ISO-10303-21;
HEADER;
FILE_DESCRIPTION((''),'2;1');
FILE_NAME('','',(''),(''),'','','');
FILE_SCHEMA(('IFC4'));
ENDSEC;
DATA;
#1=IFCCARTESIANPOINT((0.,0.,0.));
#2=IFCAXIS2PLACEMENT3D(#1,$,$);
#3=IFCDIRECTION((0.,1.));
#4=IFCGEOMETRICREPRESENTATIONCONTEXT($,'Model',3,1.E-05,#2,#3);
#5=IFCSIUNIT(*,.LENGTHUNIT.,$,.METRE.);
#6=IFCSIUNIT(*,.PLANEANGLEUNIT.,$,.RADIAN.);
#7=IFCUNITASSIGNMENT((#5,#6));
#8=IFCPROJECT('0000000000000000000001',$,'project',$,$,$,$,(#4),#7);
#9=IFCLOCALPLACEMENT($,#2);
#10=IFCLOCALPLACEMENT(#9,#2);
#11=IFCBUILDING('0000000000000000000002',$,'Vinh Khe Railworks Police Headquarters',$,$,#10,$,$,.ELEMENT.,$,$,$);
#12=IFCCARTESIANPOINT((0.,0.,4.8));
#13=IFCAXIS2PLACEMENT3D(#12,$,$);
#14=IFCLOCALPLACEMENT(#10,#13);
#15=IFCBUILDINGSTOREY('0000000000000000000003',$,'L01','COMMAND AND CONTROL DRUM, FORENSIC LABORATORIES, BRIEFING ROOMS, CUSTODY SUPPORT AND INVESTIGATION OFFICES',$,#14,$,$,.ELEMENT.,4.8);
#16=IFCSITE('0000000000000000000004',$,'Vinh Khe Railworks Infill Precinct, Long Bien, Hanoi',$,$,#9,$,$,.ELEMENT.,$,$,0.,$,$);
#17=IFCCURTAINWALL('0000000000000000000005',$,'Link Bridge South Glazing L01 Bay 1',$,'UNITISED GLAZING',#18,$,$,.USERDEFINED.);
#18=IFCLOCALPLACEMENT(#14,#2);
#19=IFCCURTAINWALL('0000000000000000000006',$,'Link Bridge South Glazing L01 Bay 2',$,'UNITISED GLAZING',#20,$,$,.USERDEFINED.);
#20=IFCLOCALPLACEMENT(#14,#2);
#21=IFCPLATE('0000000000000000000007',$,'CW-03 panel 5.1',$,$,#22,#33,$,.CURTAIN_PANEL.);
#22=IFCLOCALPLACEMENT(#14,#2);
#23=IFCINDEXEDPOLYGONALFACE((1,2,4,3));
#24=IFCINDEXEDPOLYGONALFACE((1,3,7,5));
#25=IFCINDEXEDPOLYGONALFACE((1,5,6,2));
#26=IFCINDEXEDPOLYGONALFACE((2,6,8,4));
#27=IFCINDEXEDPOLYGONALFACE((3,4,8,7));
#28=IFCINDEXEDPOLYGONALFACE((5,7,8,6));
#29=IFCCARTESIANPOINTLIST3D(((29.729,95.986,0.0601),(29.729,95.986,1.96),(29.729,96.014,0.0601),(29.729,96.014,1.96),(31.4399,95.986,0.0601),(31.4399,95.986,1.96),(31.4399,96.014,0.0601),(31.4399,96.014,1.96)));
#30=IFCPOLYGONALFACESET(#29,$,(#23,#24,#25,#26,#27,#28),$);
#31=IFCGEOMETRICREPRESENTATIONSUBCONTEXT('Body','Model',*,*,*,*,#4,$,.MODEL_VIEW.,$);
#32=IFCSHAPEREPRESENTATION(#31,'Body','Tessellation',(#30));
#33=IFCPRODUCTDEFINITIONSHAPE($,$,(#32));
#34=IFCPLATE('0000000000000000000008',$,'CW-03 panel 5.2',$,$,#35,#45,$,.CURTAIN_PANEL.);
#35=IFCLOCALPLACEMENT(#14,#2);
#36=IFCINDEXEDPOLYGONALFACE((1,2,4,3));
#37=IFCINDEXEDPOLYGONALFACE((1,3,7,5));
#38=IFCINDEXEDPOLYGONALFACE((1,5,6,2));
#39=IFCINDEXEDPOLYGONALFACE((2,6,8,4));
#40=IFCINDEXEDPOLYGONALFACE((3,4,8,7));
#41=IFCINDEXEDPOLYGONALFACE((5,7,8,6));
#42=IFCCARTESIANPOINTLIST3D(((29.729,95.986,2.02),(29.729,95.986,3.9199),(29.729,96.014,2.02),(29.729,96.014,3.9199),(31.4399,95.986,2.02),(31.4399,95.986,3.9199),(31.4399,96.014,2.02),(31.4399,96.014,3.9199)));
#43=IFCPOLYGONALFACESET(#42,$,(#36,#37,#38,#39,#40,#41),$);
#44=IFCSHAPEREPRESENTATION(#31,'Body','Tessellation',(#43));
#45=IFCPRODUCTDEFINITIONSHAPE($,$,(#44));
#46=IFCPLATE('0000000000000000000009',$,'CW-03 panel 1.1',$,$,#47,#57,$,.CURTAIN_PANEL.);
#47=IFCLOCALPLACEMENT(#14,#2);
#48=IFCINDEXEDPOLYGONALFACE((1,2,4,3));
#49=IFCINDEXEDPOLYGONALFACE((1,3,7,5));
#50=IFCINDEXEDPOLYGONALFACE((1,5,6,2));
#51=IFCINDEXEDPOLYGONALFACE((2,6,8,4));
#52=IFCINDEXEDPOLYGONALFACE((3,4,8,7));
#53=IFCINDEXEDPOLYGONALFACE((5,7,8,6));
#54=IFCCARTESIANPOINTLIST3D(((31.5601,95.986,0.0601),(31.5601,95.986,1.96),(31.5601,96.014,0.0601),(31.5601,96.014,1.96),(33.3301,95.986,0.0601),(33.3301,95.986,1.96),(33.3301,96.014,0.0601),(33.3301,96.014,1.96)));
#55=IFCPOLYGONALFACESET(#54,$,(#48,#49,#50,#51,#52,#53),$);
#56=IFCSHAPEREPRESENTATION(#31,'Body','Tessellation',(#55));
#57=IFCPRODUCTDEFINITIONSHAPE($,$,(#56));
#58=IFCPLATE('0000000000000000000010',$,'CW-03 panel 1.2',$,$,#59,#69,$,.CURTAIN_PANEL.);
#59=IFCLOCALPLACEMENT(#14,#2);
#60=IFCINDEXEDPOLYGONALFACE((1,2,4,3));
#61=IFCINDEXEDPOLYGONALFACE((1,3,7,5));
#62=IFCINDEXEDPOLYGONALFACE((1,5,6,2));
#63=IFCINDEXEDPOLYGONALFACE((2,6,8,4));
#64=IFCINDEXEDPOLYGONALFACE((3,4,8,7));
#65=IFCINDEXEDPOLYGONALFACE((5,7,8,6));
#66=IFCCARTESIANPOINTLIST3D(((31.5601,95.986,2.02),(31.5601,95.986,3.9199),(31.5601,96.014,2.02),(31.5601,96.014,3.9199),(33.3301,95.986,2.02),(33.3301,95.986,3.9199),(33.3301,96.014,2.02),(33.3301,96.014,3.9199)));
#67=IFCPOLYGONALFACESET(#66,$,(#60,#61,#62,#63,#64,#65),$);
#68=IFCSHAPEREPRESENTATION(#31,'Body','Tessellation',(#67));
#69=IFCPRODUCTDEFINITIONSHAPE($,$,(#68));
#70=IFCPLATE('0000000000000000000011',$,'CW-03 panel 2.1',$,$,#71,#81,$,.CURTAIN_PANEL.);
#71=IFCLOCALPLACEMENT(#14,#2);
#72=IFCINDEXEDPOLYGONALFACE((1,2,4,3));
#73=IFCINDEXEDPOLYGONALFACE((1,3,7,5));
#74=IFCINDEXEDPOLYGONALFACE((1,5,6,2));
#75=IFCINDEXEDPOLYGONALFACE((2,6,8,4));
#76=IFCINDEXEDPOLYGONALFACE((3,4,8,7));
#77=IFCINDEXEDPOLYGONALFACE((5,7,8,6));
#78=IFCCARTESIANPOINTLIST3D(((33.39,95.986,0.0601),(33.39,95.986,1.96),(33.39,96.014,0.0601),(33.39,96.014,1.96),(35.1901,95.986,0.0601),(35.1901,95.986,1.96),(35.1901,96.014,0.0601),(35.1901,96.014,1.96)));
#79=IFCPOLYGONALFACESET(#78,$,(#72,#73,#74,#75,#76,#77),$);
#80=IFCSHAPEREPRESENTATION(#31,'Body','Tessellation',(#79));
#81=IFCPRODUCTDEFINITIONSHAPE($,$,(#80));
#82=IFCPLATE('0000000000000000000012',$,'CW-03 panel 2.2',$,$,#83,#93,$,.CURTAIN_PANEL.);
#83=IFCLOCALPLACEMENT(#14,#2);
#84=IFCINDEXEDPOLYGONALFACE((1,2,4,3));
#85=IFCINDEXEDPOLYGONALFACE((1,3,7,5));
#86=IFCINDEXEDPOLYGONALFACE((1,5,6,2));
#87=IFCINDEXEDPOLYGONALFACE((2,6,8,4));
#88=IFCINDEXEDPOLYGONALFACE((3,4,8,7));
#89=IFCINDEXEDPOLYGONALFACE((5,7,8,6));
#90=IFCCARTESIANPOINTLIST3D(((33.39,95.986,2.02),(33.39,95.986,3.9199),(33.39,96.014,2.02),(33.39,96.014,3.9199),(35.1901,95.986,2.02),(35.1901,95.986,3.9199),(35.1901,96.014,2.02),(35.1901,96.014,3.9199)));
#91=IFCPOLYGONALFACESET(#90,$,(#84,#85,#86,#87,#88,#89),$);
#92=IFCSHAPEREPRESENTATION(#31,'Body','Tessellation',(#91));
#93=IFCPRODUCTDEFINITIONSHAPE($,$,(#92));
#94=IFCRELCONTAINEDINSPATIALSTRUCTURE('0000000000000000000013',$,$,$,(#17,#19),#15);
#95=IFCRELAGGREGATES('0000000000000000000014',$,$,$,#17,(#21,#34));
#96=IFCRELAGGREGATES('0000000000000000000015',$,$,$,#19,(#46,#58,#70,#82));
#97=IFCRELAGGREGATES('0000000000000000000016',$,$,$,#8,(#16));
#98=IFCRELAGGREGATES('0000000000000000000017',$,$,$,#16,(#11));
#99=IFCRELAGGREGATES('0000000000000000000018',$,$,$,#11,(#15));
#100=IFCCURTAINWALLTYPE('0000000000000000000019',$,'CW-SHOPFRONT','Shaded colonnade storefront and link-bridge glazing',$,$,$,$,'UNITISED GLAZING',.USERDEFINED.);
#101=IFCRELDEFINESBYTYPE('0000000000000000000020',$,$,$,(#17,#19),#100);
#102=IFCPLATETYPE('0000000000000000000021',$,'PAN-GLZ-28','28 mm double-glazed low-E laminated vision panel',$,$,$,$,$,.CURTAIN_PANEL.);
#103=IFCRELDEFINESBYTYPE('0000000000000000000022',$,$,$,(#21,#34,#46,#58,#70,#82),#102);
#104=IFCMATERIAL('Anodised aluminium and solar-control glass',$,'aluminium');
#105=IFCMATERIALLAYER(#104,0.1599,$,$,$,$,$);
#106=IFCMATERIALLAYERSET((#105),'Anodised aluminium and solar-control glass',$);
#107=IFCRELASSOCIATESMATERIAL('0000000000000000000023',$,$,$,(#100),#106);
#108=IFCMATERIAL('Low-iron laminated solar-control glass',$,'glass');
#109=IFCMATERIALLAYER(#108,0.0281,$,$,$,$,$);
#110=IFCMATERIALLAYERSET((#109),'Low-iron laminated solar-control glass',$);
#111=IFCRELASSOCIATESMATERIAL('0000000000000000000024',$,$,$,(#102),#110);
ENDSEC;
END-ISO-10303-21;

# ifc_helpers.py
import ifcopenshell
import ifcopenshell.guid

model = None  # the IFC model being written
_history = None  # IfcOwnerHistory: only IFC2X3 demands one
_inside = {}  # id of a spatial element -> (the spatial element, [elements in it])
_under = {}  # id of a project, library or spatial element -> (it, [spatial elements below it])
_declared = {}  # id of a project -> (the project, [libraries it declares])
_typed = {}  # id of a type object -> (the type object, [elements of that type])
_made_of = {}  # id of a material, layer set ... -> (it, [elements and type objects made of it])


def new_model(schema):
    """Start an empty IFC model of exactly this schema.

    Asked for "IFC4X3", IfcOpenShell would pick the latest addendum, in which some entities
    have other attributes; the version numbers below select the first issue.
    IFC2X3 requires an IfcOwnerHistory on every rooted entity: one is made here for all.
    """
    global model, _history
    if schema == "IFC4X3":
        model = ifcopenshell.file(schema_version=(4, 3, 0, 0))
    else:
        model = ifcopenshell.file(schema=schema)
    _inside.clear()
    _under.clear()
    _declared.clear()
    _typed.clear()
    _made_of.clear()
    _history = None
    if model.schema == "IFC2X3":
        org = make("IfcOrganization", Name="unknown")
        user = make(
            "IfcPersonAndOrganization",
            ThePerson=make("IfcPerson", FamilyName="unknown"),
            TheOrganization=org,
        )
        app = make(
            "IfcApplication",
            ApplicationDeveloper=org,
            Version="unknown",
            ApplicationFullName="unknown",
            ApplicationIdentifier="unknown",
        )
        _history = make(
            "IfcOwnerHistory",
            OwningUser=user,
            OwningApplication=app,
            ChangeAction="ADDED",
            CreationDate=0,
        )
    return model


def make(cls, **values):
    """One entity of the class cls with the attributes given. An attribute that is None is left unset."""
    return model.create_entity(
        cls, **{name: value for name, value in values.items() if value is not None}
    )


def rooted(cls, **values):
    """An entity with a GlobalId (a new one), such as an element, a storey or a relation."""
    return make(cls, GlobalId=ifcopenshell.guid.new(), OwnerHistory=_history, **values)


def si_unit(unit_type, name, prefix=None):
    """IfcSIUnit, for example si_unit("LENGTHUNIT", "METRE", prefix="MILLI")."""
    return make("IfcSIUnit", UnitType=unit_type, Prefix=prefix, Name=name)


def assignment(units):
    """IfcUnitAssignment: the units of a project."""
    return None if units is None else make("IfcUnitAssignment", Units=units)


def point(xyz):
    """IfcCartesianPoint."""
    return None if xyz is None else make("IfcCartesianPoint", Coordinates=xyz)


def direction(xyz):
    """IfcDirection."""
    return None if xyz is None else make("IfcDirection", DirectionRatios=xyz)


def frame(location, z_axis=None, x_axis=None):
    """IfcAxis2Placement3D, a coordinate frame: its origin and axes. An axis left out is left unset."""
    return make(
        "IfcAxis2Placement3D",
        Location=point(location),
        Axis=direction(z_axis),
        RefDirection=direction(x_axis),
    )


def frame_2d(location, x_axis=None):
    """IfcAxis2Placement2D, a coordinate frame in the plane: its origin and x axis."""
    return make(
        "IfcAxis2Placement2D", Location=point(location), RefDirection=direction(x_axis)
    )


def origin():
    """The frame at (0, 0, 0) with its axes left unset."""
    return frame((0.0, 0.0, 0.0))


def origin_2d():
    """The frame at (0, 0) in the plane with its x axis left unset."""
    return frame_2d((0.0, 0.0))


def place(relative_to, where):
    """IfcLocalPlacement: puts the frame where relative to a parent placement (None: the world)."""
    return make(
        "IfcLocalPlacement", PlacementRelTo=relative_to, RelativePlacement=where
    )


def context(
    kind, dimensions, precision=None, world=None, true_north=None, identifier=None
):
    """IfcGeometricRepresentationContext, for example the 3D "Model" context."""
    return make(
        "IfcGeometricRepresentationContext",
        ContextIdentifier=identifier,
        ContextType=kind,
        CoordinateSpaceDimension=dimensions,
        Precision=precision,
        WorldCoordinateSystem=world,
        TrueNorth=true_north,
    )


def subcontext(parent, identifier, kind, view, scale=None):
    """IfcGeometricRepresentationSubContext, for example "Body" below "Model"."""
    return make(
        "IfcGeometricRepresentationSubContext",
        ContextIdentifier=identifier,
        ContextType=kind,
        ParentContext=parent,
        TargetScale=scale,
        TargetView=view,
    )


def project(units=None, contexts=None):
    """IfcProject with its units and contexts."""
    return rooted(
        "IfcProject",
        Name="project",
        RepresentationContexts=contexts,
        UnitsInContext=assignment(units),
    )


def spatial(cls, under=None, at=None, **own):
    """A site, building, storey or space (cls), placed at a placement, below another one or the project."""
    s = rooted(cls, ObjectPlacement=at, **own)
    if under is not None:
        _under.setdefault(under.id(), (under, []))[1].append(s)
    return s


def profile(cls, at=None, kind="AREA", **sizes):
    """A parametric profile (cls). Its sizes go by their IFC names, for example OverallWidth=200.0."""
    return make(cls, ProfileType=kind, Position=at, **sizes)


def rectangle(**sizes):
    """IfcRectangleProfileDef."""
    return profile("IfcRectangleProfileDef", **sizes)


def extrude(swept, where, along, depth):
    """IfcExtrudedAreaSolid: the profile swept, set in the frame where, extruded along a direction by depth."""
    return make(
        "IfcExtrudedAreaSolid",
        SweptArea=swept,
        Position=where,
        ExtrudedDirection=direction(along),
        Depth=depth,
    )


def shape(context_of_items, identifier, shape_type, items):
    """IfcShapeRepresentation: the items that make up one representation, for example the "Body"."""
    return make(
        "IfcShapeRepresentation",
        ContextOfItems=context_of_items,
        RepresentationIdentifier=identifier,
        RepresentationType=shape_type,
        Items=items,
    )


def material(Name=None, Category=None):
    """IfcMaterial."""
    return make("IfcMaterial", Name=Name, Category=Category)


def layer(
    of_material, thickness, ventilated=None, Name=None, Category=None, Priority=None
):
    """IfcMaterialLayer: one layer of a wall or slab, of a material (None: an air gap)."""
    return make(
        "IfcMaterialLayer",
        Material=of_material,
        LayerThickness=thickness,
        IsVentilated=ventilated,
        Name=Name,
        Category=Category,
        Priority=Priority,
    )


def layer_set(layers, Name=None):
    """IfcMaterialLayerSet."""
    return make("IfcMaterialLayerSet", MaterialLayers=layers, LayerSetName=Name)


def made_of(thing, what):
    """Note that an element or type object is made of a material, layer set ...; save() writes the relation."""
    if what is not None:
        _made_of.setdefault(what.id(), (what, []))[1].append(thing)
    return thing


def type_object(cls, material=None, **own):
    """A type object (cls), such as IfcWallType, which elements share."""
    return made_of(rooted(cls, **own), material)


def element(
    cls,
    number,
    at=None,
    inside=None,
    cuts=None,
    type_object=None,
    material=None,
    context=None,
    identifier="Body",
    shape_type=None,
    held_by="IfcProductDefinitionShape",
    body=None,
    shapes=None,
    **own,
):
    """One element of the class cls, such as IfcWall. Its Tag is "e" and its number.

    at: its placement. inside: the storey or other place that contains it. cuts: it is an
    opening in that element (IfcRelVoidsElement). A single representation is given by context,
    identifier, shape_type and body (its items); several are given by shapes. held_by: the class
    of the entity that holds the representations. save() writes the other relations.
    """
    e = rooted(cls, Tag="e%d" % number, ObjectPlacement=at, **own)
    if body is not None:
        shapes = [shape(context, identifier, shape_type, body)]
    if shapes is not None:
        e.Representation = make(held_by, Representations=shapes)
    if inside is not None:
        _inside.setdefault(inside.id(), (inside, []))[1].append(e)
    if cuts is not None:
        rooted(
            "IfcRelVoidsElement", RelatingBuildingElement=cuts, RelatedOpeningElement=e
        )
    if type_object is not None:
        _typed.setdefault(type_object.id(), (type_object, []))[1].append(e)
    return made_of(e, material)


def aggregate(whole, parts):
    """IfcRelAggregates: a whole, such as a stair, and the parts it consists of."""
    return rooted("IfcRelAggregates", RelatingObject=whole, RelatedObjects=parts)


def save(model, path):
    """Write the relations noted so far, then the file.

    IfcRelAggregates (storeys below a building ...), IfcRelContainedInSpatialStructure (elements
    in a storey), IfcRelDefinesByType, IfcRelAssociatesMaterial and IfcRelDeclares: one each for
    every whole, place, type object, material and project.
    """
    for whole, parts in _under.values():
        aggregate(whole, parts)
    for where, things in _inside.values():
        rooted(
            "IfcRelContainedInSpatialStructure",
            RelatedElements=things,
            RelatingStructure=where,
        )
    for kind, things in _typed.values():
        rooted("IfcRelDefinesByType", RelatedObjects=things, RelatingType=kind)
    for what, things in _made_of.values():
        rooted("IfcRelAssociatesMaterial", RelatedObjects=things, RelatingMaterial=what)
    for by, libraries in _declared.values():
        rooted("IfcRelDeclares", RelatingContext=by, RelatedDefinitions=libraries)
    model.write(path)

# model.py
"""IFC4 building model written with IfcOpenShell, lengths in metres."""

from ifc_helpers import new_model, si_unit, direction, frame, origin, origin_2d, place, context, subcontext, project, spatial, rectangle, extrude, material, layer, layer_set, type_object, element, aggregate, save


model = new_model("IFC4")

# Units and contexts
model_context = context("Model", 3, precision=1e-05, world=origin(), true_north=direction((0.0, 1.0)))
body_context = subcontext(model_context, "Body", "Model", "MODEL_VIEW")
ifc_project = project(units=[si_unit("LENGTHUNIT", "METRE"), si_unit("PLANEANGLEUNIT", "RADIAN")], contexts=[model_context])

# Site, building, storey
site_placement = place(None, origin())
site = spatial("IfcSite", under=ifc_project, at=site_placement, Name="Vinh Khe Railworks Infill Precinct, Long Bien, Hanoi", CompositionType="ELEMENT", RefElevation=0.0)
building_placement = place(site_placement, origin())
building = spatial("IfcBuilding", under=site, at=building_placement, Name="Vinh Khe Railworks Police Headquarters", CompositionType="ELEMENT")
storey_placement = place(building_placement, frame((0.0, 0.0, 4.8)))
storey = spatial("IfcBuildingStorey", under=building, at=storey_placement, Name="L01", Description="COMMAND AND CONTROL DRUM, FORENSIC LABORATORIES, BRIEFING ROOMS, CUSTODY SUPPORT AND INVESTIGATION OFFICES", CompositionType="ELEMENT", Elevation=4.8)

# Curtain wall
ifc_material_1 = material(Name="Anodised aluminium and solar-control glass", Category="aluminium")
ifc_layer_1 = layer(ifc_material_1, 0.1599)
ifc_layer_set_1 = layer_set([ifc_layer_1], Name="Anodised aluminium and solar-control glass")
curtain_wall_type = type_object("IfcCurtainWallType", Name="CW-SHOPFRONT", Description="Shaded colonnade storefront and link-bridge glazing", ElementType="UNITISED GLAZING", PredefinedType="USERDEFINED", material=ifc_layer_set_1)
curtain_wall_1_placement = place(storey_placement, origin())
curtain_wall_1 = element("IfcCurtainWall", 1, at=curtain_wall_1_placement, inside=storey, type_object=curtain_wall_type, Name="Link Bridge South Glazing L01 Bay 1", ObjectType="UNITISED GLAZING", PredefinedType="USERDEFINED")

# Curtain wall
curtain_wall_2_placement = place(storey_placement, origin())
curtain_wall_2 = element("IfcCurtainWall", 2, at=curtain_wall_2_placement, inside=storey, type_object=curtain_wall_type, Name="Link Bridge South Glazing L01 Bay 2", ObjectType="UNITISED GLAZING", PredefinedType="USERDEFINED")

# Plates
ifc_material_2 = material(Name="Low-iron laminated solar-control glass", Category="glass")
ifc_layer_2 = layer(ifc_material_2, 0.0281)
ifc_layer_set_2 = layer_set([ifc_layer_2], Name="Low-iron laminated solar-control glass")
plate_type = type_object("IfcPlateType", Name="PAN-GLZ-28", Description="28 mm double-glazed low-E laminated vision panel", PredefinedType="CURTAIN_PANEL", material=ifc_layer_set_2)
plate_1_placement = place(storey_placement, frame((30.5845, 96.0, 0.0601), z_axis=(0.0, 0.0, 1.0), x_axis=(1.0, 0.0, 0.0)))
plate_1 = element("IfcPlate", 3, at=plate_1_placement, type_object=plate_type, Name="CW-03 panel 5.1", PredefinedType="CURTAIN_PANEL", context=body_context, shape_type="SweptSolid", body=[
    extrude(rectangle(XDim=1.7109, YDim=0.0281, at=origin_2d()), origin(), (0.0, 0.0, 1.0), 1.8999),
])
plate_2_placement = place(storey_placement, frame((30.5845, 96.0, 2.02), z_axis=(0.0, 0.0, 1.0), x_axis=(1.0, 0.0, 0.0)))
plate_2 = element("IfcPlate", 4, at=plate_2_placement, type_object=plate_type, Name="CW-03 panel 5.2", PredefinedType="CURTAIN_PANEL", context=body_context, shape_type="SweptSolid", body=[
    extrude(rectangle(XDim=1.7109, YDim=0.0281, at=origin_2d()), origin(), (0.0, 0.0, 1.0), 1.8999),
])
aggregate(curtain_wall_1, [plate_1, plate_2])
plate_3_placement = place(storey_placement, frame((32.4451, 96.0, 0.0601), z_axis=(0.0, 0.0, 1.0), x_axis=(1.0, 0.0, 0.0)))
plate_3 = element("IfcPlate", 5, at=plate_3_placement, type_object=plate_type, Name="CW-03 panel 1.1", PredefinedType="CURTAIN_PANEL", context=body_context, shape_type="SweptSolid", body=[
    extrude(rectangle(XDim=1.77, YDim=0.0281, at=origin_2d()), origin(), (0.0, 0.0, 1.0), 1.8999),
])
plate_4_placement = place(storey_placement, frame((32.4451, 96.0, 2.02), z_axis=(0.0, 0.0, 1.0), x_axis=(1.0, 0.0, 0.0)))
plate_4 = element("IfcPlate", 6, at=plate_4_placement, type_object=plate_type, Name="CW-03 panel 1.2", PredefinedType="CURTAIN_PANEL", context=body_context, shape_type="SweptSolid", body=[
    extrude(rectangle(XDim=1.77, YDim=0.0281, at=origin_2d()), origin(), (0.0, 0.0, 1.0), 1.8999),
])
plate_5_placement = place(storey_placement, frame((34.29, 96.0, 0.0601), z_axis=(0.0, 0.0, 1.0), x_axis=(1.0, 0.0, 0.0)))
plate_5 = element("IfcPlate", 7, at=plate_5_placement, type_object=plate_type, Name="CW-03 panel 2.1", PredefinedType="CURTAIN_PANEL", context=body_context, shape_type="SweptSolid", body=[
    extrude(rectangle(XDim=1.8, YDim=0.0281, at=origin_2d()), origin(), (0.0, 0.0, 1.0), 1.8999),
])
plate_6_placement = place(storey_placement, frame((34.29, 96.0, 2.02), z_axis=(0.0, 0.0, 1.0), x_axis=(1.0, 0.0, 0.0)))
plate_6 = element("IfcPlate", 8, at=plate_6_placement, type_object=plate_type, Name="CW-03 panel 2.2", PredefinedType="CURTAIN_PANEL", context=body_context, shape_type="SweptSolid", body=[
    extrude(rectangle(XDim=1.8, YDim=0.0281, at=origin_2d()), origin(), (0.0, 0.0, 1.0), 1.8999),
])
aggregate(curtain_wall_2, [plate_3, plate_4, plate_5, plate_6])

save(model, "model.ifc")
